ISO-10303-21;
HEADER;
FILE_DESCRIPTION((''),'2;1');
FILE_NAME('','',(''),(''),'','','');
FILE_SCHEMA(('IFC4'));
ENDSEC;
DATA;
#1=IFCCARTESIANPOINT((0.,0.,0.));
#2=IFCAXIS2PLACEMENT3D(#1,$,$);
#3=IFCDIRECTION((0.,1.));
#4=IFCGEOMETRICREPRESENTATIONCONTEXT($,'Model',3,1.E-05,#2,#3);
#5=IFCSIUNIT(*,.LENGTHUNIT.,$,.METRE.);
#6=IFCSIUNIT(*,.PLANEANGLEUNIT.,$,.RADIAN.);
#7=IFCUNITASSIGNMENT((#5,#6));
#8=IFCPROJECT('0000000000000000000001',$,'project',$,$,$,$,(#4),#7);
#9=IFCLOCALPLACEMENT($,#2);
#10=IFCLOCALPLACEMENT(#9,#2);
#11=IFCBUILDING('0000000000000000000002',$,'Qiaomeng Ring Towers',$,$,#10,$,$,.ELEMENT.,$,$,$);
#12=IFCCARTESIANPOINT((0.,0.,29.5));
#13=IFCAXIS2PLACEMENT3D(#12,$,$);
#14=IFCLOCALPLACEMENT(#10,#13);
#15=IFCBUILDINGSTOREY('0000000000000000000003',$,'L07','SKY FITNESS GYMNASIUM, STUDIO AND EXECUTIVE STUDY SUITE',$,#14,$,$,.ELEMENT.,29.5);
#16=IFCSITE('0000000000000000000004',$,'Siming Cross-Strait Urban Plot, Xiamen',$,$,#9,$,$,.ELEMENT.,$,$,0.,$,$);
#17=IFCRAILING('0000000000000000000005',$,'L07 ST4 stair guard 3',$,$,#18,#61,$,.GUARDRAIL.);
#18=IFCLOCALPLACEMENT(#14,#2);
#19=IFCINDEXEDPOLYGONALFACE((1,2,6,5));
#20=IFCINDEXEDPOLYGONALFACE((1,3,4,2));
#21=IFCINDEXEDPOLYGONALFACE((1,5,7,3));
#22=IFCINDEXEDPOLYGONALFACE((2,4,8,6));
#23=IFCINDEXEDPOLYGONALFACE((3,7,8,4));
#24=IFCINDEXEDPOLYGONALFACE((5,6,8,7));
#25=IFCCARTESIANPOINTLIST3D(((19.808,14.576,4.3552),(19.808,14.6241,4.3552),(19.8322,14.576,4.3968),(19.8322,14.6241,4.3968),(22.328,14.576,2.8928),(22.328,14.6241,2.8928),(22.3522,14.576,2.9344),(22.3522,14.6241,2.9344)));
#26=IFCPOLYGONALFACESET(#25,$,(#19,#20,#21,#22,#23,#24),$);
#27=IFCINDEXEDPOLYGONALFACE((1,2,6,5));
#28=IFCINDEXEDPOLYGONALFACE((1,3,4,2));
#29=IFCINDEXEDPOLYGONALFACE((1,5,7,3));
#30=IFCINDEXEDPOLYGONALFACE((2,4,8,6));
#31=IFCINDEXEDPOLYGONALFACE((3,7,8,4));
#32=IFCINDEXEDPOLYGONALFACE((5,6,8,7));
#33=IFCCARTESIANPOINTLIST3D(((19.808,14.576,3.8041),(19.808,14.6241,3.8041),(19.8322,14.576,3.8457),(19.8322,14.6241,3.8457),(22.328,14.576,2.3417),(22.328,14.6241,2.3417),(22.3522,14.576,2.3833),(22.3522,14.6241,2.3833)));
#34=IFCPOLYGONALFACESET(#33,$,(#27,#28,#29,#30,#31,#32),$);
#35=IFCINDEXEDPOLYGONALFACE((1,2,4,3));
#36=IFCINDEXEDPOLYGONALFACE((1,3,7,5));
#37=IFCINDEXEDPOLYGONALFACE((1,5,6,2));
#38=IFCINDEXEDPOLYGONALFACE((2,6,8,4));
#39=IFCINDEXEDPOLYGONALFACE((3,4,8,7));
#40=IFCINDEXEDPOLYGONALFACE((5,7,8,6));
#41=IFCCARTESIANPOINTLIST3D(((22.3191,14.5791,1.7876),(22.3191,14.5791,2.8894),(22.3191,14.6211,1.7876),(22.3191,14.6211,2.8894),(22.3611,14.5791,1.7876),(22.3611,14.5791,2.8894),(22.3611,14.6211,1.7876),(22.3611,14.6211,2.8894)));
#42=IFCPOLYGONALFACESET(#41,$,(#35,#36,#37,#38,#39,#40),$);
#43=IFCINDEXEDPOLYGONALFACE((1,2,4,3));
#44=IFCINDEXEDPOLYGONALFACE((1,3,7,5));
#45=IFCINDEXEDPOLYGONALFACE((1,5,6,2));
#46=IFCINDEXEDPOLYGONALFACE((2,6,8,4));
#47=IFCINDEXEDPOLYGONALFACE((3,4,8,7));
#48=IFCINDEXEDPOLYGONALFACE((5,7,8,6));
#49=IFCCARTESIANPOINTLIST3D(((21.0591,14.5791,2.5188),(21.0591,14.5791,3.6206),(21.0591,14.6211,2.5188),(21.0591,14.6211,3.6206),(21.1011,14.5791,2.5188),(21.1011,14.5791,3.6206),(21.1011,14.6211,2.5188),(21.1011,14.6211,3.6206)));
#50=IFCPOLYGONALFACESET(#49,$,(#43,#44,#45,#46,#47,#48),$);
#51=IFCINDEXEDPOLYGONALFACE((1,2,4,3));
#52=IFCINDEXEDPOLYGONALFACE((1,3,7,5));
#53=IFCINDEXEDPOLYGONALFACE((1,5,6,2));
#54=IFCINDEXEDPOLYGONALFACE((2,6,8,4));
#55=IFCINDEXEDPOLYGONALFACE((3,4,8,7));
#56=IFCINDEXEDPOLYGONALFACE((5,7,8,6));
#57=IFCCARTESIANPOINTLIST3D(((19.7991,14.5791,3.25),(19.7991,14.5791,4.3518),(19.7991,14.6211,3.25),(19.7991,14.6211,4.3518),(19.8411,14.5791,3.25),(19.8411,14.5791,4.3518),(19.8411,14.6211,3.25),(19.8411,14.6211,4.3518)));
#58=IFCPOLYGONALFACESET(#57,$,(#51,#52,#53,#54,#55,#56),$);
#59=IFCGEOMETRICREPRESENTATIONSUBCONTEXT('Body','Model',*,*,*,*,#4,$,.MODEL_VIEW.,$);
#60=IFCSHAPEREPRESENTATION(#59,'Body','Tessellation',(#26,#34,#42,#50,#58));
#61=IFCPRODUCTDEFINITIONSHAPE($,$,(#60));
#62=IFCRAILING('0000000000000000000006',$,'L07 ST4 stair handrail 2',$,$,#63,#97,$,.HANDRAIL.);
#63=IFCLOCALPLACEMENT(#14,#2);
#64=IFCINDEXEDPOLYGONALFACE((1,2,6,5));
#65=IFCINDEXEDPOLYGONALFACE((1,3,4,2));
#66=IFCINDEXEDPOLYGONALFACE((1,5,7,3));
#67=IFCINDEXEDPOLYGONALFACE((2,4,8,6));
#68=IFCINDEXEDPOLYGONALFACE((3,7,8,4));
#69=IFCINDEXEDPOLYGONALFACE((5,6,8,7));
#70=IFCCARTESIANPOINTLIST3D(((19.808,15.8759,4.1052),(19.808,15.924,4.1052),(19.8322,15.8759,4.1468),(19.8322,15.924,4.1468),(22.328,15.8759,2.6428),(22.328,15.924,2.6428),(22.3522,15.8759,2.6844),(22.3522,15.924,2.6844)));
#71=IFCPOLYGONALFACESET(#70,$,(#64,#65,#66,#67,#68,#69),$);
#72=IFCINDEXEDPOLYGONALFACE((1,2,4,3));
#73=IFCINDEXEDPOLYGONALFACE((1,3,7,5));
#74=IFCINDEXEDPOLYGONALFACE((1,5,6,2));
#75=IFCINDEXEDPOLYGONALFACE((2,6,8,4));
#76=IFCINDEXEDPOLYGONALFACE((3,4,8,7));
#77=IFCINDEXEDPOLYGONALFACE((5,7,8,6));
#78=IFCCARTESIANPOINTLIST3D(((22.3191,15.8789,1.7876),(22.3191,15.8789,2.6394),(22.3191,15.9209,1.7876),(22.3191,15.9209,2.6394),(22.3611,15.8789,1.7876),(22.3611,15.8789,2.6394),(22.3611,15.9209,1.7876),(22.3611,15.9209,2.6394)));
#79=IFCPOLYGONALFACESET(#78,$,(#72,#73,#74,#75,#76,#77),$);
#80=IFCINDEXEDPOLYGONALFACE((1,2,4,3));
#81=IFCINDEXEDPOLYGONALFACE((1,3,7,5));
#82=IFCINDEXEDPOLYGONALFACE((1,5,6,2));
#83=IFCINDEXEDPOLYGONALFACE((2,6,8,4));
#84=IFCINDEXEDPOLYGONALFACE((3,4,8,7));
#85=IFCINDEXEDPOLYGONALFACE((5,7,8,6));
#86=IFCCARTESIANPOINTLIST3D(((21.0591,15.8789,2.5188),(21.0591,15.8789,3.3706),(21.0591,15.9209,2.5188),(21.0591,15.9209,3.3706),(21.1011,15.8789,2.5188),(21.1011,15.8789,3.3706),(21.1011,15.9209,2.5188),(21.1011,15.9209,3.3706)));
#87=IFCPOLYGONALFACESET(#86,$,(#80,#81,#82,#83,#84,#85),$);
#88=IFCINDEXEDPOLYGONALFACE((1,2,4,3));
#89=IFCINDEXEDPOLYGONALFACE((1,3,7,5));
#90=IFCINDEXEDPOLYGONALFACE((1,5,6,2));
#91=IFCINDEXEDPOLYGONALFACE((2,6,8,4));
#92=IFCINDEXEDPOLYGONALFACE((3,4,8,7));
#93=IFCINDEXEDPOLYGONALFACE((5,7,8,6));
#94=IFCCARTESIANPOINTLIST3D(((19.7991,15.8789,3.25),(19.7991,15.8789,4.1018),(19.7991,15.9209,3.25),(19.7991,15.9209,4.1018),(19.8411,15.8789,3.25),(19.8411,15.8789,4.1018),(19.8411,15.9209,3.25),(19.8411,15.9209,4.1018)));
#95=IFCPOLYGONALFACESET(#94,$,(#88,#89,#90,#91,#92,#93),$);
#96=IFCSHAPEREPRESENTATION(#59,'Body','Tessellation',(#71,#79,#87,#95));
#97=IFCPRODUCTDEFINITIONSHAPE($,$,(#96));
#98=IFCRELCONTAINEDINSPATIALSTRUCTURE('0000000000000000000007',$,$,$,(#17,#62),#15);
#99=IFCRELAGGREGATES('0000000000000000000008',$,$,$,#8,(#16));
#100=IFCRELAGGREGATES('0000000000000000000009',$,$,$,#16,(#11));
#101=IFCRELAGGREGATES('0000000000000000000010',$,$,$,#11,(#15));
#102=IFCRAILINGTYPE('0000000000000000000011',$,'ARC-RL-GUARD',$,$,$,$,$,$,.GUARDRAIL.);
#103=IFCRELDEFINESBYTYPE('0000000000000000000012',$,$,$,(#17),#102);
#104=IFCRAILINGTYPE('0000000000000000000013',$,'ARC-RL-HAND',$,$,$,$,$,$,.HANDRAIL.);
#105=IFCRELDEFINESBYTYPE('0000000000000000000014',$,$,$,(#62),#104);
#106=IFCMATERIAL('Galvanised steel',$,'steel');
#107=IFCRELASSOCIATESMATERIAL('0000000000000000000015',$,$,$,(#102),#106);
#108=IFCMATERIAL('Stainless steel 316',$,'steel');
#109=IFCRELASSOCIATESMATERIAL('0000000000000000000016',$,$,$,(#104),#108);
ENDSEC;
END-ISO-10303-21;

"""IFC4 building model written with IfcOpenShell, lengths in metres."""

from ifc_helpers import new_model, si_unit, direction, frame, origin, origin_2d, place, context, subcontext, project, spatial, rectangle, extrude, material, type_object, element, save


model = new_model("IFC4")

# Units and contexts
model_context = context("Model", 3, precision=1e-05, world=origin(), true_north=direction((0.0, 1.0)))
body_context = subcontext(model_context, "Body", "Model", "MODEL_VIEW")
ifc_project = project(units=[si_unit("LENGTHUNIT", "METRE"), si_unit("PLANEANGLEUNIT", "RADIAN")], contexts=[model_context])

# Site, building, storey
site_placement = place(None, origin())
site = spatial("IfcSite", under=ifc_project, at=site_placement, Name="Siming Cross-Strait Urban Plot, Xiamen", CompositionType="ELEMENT", RefElevation=0.0)
building_placement = place(site_placement, origin())
building = spatial("IfcBuilding", under=site, at=building_placement, Name="Qiaomeng Ring Towers", CompositionType="ELEMENT")
storey_placement = place(building_placement, frame((0.0, 0.0, 29.5)))
storey = spatial("IfcBuildingStorey", under=building, at=storey_placement, Name="L07", Description="SKY FITNESS GYMNASIUM, STUDIO AND EXECUTIVE STUDY SUITE", CompositionType="ELEMENT", Elevation=29.5)

# Shared definitions
ifc_material_1 = material(Name="Galvanised steel", Category="steel")

# Shared definitions
ifc_material_2 = material(Name="Stainless steel 316", Category="steel")

# Railings
railing_type_1 = type_object("IfcRailingType", Name="ARC-RL-GUARD", PredefinedType="GUARDRAIL", material=ifc_material_1)
railing_1_placement = place(storey_placement, frame((22.3401, 14.6001, 1.7876)))
element("IfcRailing", 1, at=railing_1_placement, inside=storey, type_object=railing_type_1, Name="L07 ST4 stair guard 3", PredefinedType="GUARDRAIL", context=body_context, shape_type="SweptSolid", body=[
    extrude(rectangle(XDim=0.0481, YDim=0.0481, at=origin_2d()), frame((0.0, 0.0, 1.126), z_axis=(-0.864913, 0.0, 0.501921), x_axis=(0.0, -1.0, 0.0)), (0.0, 0.0, 1.0), 2.9136),
    extrude(rectangle(XDim=0.0481, YDim=0.0481, at=origin_2d()), frame((0.0, 0.0, 0.575), z_axis=(-0.864913, 0.0, 0.501921), x_axis=(0.0, -1.0, 0.0)), (0.0, 0.0, 1.0), 2.9136),
    extrude(rectangle(XDim=0.042, YDim=0.042, at=origin_2d()), origin(), (0.0, 0.0, 1.0), 1.1018),
    extrude(rectangle(XDim=0.042, YDim=0.042, at=origin_2d()), frame((-1.26, 0.0, 0.7312)), (0.0, 0.0, 1.0), 1.1018),
    extrude(rectangle(XDim=0.042, YDim=0.042, at=origin_2d()), frame((-2.52, 0.0, 1.4624)), (0.0, 0.0, 1.0), 1.1018),
])
railing_type_2 = type_object("IfcRailingType", Name="ARC-RL-HAND", PredefinedType="HANDRAIL", material=ifc_material_2)
railing_2_placement = place(storey_placement, frame((22.3401, 15.8999, 1.7876)))
element("IfcRailing", 2, at=railing_2_placement, inside=storey, type_object=railing_type_2, Name="L07 ST4 stair handrail 2", PredefinedType="HANDRAIL", context=body_context, shape_type="SweptSolid", body=[
    extrude(rectangle(XDim=0.0481, YDim=0.0481, at=origin_2d()), frame((0.0, 0.0, 0.876), z_axis=(-0.864913, 0.0, 0.501921), x_axis=(0.0, -1.0, 0.0)), (0.0, 0.0, 1.0), 2.9136),
    extrude(rectangle(XDim=0.042, YDim=0.042, at=origin_2d()), origin(), (0.0, 0.0, 1.0), 0.8518),
    extrude(rectangle(XDim=0.042, YDim=0.042, at=origin_2d()), frame((-1.26, 0.0, 0.7312)), (0.0, 0.0, 1.0), 0.8518),
    extrude(rectangle(XDim=0.042, YDim=0.042, at=origin_2d()), frame((-2.52, 0.0, 1.4624)), (0.0, 0.0, 1.0), 0.8518),
])

save(model, "model.ifc")
